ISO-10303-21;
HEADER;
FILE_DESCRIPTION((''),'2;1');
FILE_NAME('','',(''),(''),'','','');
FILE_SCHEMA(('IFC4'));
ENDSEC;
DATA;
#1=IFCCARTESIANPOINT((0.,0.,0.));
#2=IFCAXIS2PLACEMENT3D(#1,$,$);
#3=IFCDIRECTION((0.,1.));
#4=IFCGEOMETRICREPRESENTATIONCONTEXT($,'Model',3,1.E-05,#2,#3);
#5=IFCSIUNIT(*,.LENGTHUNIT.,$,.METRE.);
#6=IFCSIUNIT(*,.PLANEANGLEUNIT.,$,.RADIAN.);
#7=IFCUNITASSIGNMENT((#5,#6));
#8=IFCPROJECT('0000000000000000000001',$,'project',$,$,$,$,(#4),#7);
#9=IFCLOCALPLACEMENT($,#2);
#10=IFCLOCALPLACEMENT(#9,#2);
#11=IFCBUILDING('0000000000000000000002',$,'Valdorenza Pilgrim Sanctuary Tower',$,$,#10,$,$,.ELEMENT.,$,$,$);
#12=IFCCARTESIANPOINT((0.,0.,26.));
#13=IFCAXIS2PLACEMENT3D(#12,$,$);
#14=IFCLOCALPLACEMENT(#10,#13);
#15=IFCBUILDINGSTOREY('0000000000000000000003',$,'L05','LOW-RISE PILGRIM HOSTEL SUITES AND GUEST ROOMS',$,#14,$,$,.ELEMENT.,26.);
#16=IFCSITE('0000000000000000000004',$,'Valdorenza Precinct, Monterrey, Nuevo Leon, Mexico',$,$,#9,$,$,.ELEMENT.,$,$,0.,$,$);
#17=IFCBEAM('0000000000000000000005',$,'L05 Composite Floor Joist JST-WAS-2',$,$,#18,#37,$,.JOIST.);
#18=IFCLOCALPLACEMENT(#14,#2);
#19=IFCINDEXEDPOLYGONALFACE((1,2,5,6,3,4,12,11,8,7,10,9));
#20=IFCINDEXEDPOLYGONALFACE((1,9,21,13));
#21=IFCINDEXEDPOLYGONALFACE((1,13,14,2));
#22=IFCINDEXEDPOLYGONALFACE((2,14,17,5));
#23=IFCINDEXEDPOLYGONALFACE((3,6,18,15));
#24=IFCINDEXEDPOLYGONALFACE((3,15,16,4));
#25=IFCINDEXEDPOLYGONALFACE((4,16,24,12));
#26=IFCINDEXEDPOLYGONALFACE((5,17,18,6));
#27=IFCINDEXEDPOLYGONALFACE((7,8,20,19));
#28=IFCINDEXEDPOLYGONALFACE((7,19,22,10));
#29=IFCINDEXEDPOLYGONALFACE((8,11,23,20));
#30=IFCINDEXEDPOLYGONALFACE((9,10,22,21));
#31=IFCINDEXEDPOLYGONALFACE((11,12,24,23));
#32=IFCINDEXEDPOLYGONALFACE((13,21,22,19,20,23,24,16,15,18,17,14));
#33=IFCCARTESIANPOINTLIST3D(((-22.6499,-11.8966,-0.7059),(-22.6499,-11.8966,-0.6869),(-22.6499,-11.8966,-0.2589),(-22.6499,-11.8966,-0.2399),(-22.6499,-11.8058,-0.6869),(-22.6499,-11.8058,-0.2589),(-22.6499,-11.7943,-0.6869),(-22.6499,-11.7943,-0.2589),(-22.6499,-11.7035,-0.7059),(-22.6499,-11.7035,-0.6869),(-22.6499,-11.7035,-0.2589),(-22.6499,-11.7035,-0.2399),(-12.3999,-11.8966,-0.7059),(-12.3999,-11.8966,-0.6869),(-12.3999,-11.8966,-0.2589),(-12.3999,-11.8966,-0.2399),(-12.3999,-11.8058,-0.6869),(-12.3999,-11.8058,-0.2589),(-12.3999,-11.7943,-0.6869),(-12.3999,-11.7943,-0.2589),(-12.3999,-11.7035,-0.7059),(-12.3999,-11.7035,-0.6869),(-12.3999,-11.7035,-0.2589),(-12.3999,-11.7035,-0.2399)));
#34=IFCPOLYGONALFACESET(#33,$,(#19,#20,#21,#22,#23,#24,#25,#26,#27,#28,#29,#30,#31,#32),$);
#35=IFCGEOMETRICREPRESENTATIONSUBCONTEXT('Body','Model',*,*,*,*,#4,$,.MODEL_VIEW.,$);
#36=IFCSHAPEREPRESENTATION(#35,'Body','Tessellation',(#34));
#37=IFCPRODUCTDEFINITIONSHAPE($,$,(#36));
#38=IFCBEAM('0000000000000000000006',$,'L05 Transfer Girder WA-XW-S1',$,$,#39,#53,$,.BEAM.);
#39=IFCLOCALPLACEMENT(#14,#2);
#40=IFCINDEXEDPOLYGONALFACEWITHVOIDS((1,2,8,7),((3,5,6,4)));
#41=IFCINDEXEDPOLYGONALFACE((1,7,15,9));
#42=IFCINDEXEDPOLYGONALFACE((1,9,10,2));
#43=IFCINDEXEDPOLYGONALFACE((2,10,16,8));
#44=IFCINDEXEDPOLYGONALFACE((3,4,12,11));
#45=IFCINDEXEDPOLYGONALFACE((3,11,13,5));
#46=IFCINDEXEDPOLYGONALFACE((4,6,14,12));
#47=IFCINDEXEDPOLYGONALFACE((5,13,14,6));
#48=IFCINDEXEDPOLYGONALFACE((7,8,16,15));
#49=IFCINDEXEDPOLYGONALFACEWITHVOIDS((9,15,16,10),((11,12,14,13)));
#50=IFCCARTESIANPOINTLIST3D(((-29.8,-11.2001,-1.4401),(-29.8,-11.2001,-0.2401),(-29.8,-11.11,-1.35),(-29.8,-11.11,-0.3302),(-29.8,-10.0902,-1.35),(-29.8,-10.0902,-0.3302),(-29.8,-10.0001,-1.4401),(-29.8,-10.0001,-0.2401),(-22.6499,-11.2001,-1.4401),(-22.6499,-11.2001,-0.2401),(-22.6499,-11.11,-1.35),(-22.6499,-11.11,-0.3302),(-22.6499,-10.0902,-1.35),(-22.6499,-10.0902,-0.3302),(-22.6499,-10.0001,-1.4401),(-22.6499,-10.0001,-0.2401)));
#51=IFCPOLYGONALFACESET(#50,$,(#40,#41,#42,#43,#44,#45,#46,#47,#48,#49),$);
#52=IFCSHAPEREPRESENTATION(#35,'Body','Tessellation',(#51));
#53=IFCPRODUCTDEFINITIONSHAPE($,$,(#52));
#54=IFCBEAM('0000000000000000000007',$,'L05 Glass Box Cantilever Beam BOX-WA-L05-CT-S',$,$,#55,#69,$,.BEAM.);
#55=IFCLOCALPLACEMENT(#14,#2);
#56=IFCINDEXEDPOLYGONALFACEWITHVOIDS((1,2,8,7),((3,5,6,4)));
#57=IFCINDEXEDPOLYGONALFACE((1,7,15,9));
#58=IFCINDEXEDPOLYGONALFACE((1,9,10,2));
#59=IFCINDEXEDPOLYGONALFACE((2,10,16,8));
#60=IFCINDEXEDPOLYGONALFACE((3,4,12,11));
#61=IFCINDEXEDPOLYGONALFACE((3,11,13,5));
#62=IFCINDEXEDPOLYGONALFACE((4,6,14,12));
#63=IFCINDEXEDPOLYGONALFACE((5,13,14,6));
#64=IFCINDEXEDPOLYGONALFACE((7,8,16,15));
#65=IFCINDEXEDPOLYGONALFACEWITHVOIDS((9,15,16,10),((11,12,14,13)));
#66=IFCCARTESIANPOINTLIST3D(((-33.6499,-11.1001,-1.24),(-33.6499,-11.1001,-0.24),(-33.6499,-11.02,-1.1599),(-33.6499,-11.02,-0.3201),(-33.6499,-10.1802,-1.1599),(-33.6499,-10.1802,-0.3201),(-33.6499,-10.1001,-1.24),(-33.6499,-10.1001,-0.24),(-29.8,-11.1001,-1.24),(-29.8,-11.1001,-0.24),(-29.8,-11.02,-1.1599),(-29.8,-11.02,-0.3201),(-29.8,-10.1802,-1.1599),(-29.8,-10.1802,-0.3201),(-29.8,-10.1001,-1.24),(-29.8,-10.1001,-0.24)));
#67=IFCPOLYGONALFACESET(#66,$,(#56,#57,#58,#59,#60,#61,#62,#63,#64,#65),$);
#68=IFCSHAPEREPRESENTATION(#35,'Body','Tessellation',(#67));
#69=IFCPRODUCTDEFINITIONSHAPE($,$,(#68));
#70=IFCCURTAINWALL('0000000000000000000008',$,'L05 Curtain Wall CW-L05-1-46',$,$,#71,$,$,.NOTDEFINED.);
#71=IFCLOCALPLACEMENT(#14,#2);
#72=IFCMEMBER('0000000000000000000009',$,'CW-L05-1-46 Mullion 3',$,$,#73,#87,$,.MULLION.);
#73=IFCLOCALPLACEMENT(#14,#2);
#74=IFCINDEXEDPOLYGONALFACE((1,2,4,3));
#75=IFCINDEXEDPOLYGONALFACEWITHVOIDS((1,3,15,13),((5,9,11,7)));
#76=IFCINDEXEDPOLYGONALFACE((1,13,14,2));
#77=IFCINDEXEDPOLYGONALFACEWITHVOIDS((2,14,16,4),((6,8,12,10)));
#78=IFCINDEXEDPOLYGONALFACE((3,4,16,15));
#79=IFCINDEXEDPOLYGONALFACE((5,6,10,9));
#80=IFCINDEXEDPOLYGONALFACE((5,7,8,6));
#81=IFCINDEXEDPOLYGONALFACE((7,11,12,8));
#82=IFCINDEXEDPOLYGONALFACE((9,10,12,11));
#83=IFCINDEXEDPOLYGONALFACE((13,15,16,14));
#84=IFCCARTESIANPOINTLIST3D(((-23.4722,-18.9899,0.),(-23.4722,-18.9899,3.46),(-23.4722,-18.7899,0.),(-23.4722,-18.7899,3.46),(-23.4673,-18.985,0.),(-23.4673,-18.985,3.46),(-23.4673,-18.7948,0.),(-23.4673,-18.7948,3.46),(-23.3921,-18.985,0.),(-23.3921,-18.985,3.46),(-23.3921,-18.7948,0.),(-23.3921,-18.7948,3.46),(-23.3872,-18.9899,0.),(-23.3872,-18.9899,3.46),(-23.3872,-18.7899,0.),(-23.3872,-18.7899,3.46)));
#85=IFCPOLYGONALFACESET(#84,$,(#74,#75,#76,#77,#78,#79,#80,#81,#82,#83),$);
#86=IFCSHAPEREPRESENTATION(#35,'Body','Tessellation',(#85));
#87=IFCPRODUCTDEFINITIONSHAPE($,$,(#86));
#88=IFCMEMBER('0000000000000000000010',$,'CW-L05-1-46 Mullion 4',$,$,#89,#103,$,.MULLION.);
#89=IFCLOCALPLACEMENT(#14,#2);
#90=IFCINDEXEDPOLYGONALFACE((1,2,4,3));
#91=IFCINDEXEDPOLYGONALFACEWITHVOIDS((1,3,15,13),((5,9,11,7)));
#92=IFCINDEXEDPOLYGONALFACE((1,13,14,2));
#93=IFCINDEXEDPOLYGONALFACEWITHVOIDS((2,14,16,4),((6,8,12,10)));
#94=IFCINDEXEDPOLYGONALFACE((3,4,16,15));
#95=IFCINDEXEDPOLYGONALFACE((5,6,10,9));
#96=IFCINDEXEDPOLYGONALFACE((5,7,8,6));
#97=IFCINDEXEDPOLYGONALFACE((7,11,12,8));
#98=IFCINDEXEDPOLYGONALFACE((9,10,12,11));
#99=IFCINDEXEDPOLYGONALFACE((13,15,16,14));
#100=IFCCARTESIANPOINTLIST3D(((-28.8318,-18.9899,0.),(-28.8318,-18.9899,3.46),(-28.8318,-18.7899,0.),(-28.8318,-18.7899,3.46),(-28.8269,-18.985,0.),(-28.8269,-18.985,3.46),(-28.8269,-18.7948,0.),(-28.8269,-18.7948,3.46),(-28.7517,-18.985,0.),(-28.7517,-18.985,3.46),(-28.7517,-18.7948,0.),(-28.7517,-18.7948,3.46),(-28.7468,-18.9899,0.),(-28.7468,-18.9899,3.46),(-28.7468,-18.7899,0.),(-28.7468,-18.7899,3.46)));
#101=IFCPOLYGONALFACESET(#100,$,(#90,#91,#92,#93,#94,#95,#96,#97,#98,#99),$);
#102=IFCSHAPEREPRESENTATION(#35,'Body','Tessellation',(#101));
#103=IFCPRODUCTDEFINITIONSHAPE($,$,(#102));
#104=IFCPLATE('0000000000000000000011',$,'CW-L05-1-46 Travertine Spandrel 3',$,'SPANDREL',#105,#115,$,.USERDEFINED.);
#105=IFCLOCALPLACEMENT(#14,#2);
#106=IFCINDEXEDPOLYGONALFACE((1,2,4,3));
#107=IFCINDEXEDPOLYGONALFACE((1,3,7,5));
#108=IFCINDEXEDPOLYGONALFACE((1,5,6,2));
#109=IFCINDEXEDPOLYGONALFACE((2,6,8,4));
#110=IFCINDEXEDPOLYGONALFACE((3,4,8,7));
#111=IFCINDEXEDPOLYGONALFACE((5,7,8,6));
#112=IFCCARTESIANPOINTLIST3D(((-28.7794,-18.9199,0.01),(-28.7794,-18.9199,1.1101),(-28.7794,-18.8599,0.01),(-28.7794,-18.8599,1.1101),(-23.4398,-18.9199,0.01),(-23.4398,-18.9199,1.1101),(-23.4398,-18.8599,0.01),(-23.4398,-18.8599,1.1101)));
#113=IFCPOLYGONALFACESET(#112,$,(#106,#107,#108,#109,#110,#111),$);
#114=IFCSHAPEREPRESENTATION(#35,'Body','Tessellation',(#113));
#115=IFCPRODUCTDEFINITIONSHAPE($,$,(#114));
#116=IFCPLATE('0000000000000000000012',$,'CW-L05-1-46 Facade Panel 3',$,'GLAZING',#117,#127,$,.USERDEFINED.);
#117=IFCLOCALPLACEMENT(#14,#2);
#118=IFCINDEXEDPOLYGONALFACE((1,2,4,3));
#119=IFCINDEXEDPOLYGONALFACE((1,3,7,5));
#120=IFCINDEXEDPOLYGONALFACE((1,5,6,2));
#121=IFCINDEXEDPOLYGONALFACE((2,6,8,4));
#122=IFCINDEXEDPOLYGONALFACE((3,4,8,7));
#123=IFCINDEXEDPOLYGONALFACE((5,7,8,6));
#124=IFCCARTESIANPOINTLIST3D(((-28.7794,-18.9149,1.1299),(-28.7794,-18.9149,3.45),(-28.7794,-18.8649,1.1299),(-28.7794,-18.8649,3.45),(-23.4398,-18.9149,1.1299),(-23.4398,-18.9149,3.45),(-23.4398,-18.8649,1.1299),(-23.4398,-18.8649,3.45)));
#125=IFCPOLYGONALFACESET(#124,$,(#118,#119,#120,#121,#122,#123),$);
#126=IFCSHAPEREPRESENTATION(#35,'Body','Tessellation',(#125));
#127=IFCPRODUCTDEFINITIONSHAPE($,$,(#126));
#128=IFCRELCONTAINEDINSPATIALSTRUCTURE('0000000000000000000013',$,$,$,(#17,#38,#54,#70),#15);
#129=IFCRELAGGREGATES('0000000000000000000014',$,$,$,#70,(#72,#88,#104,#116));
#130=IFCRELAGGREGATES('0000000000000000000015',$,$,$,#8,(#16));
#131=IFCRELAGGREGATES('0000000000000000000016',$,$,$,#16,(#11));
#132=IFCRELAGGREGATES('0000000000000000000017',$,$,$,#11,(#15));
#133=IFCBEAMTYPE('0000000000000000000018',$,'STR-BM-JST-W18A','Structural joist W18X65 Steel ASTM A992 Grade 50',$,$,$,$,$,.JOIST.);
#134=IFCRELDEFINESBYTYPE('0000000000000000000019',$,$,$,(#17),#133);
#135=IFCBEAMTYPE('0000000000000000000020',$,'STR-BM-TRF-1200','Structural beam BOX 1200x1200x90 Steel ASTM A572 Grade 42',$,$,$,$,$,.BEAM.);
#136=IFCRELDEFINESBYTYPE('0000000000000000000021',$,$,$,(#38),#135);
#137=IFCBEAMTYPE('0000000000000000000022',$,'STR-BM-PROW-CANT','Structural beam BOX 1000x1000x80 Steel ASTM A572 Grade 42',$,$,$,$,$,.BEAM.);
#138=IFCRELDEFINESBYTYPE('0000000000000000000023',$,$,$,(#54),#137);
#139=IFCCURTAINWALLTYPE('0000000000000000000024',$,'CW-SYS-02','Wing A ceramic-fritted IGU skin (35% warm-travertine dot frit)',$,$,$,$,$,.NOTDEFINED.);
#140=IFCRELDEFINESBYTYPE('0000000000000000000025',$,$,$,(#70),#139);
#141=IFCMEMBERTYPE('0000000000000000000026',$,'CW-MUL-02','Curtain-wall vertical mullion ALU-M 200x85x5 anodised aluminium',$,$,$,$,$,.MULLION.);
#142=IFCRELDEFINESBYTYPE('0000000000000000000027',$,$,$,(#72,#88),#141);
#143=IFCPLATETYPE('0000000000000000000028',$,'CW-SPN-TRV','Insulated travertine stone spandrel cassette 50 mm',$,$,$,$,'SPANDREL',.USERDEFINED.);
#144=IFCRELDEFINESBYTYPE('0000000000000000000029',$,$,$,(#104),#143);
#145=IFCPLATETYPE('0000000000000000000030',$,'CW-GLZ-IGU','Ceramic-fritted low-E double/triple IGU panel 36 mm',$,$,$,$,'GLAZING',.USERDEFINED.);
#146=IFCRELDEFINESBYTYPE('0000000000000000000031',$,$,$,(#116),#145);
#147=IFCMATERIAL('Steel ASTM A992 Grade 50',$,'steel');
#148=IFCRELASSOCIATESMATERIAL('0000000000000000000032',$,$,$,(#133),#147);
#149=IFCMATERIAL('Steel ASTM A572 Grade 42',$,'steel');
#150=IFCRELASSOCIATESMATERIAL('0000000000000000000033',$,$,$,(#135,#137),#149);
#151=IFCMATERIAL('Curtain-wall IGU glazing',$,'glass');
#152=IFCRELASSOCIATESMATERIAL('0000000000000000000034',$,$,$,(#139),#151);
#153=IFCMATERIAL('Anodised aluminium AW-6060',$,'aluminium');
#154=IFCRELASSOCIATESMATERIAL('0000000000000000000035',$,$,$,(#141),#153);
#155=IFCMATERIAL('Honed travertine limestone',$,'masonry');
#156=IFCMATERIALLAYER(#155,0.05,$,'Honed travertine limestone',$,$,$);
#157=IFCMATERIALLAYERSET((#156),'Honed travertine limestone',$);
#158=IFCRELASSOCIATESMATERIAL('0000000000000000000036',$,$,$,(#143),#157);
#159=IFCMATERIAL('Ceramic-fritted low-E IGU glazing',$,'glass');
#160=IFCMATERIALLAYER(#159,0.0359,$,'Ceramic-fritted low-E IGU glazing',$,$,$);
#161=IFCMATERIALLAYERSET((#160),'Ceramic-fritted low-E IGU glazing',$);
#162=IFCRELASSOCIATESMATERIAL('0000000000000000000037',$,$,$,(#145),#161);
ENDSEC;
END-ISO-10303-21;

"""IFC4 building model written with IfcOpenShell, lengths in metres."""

from ifc_helpers import new_model, si_unit, direction, frame, origin, origin_2d, place, context, subcontext, project, spatial, rectangle, hollow_rectangle, i_section, extrude, source, transform, mapped, material, layer, layer_set, material_profile, profile_set, type_object, element, aggregate, save


model = new_model("IFC4")

# Units and contexts
model_context = context("Model", 3, precision=1e-05, world=origin(), true_north=direction((0.0, 1.0)))
body_context = subcontext(model_context, "Body", "Model", "MODEL_VIEW")
ifc_project = project(units=[si_unit("LENGTHUNIT", "METRE"), si_unit("PLANEANGLEUNIT", "RADIAN")], contexts=[model_context])

# Site, building, storey
site_placement = place(None, origin())
site = spatial("IfcSite", under=ifc_project, at=site_placement, Name="Valdorenza Precinct, Monterrey, Nuevo Leon, Mexico", CompositionType="ELEMENT", RefElevation=0.0)
building_placement = place(site_placement, origin())
building = spatial("IfcBuilding", under=site, at=building_placement, Name="Valdorenza Pilgrim Sanctuary Tower", CompositionType="ELEMENT")
storey_placement = place(building_placement, frame((0.0, 0.0, 26.0)))
storey = spatial("IfcBuildingStorey", under=building, at=storey_placement, Name="L05", Description="LOW-RISE PILGRIM HOSTEL SUITES AND GUEST ROOMS", CompositionType="ELEMENT", Elevation=26.0)

# Shared definitions
ifc_material_1 = material(Name="Steel ASTM A992 Grade 50", Category="steel")

# Beams
ifc_material_profile_1 = material_profile(ifc_material_1, i_section(OverallWidth=0.1931, OverallDepth=0.4661, WebThickness=0.0115, FlangeThickness=0.019, at=origin_2d()), Name="W18X65")
ifc_profile_set_1 = profile_set([ifc_material_profile_1], Name="Steel ASTM A992 Grade 50")
beam_type_1 = type_object("IfcBeamType", Name="STR-BM-JST-W18A", Description="Structural joist W18X65 Steel ASTM A992 Grade 50", PredefinedType="JOIST", material=ifc_profile_set_1)
shared_shape_1 = source(origin(), body_context, "Body", "SweptSolid", [
    extrude(i_section(OverallWidth=0.1931, OverallDepth=0.4661, WebThickness=0.0115, FlangeThickness=0.019, at=origin_2d()), origin(), (0.0, 0.0, 1.0), 10.25),
])
for number, where, z_axis, x_axis, name in (
    (1, (-22.6499, -11.8, -0.4729), (1.0, 0.0, 0.0), (0.0, 1.0, 0.0), "L05 Composite Floor Joist JST-WAS-2"),
):
    element("IfcBeam", number, at=place(storey_placement, frame(where, z_axis=z_axis, x_axis=x_axis)), inside=storey, type_object=beam_type_1, Name=name, PredefinedType="JOIST", context=body_context, shape_type="MappedRepresentation", body=[
        mapped(shared_shape_1, transform((0.0, 0.0, 0.0), x_axis=(1.0, 0.0, 0.0), y_axis=(0.0, 1.0, 0.0), z_axis=(0.0, 0.0, 1.0), scale=1.0)),
    ])
ifc_material_2 = material(Name="Steel ASTM A572 Grade 42", Category="steel")
ifc_material_profile_2 = material_profile(ifc_material_2, hollow_rectangle(XDim=1.2, YDim=1.2, WallThickness=0.0901, at=origin_2d()), Name="BOX 1200x1200x90")
ifc_profile_set_2 = profile_set([ifc_material_profile_2], Name="Steel ASTM A572 Grade 42")
beam_type_2 = type_object("IfcBeamType", Name="STR-BM-TRF-1200", Description="Structural beam BOX 1200x1200x90 Steel ASTM A572 Grade 42", PredefinedType="BEAM", material=ifc_profile_set_2)
shared_shape_2 = source(origin(), body_context, "Body", "SweptSolid", [
    extrude(hollow_rectangle(XDim=1.2, YDim=1.2, WallThickness=0.0901, at=origin_2d()), origin(), (0.0, 0.0, 1.0), 7.1501),
])
beam_1_placement = place(storey_placement, frame((-29.8, -10.6001, -0.8401), z_axis=(1.0, 0.0, 0.0), x_axis=(0.0, 1.0, 0.0)))
element("IfcBeam", 2, at=beam_1_placement, inside=storey, type_object=beam_type_2, Name="L05 Transfer Girder WA-XW-S1", PredefinedType="BEAM", context=body_context, shape_type="MappedRepresentation", body=[
    mapped(shared_shape_2, transform((0.0, 0.0, 0.0), x_axis=(1.0, 0.0, 0.0), y_axis=(0.0, 1.0, 0.0), z_axis=(0.0, 0.0, 1.0), scale=1.0)),
])
ifc_material_profile_3 = material_profile(ifc_material_2, hollow_rectangle(XDim=1.0, YDim=1.0, WallThickness=0.0801, at=origin_2d()), Name="BOX 1000x1000x80")
ifc_profile_set_3 = profile_set([ifc_material_profile_3], Name="Steel ASTM A572 Grade 42")
beam_type_3 = type_object("IfcBeamType", Name="STR-BM-PROW-CANT", Description="Structural beam BOX 1000x1000x80 Steel ASTM A572 Grade 42", PredefinedType="BEAM", material=ifc_profile_set_3)
shared_shape_3 = source(origin(), body_context, "Body", "SweptSolid", [
    extrude(hollow_rectangle(XDim=1.0, YDim=1.0, WallThickness=0.0801, at=origin_2d()), origin(), (0.0, 0.0, 1.0), 3.8499),
])
beam_2_placement = place(storey_placement, frame((-29.8, -10.6001, -0.74), z_axis=(-1.0, 0.0, 0.0), x_axis=(0.0, -1.0, 0.0)))
element("IfcBeam", 3, at=beam_2_placement, inside=storey, type_object=beam_type_3, Name="L05 Glass Box Cantilever Beam BOX-WA-L05-CT-S", PredefinedType="BEAM", context=body_context, shape_type="MappedRepresentation", body=[
    mapped(shared_shape_3, transform((0.0, 0.0, 0.0), x_axis=(1.0, 0.0, 0.0), y_axis=(0.0, 1.0, 0.0), z_axis=(0.0, 0.0, 1.0), scale=1.0)),
])

# Curtain wall, members, plates
ifc_material_3 = material(Name="Curtain-wall IGU glazing", Category="glass")
curtain_wall_type = type_object("IfcCurtainWallType", Name="CW-SYS-02", Description="Wing A ceramic-fritted IGU skin (35% warm-travertine dot frit)", PredefinedType="NOTDEFINED", material=ifc_material_3)
curtain_wall_placement = place(storey_placement, origin())
curtain_wall = element("IfcCurtainWall", 4, at=curtain_wall_placement, inside=storey, type_object=curtain_wall_type, Name="L05 Curtain Wall CW-L05-1-46", PredefinedType="NOTDEFINED")
ifc_material_4 = material(Name="Anodised aluminium AW-6060", Category="aluminium")
ifc_material_profile_4 = material_profile(ifc_material_4, hollow_rectangle(XDim=0.085, YDim=0.2, WallThickness=0.0049, at=origin_2d()), Name="ALU-M 200x85x5")
ifc_profile_set_4 = profile_set([ifc_material_profile_4], Name="Anodised aluminium AW-6060")
member_type = type_object("IfcMemberType", Name="CW-MUL-02", Description="Curtain-wall vertical mullion ALU-M 200x85x5 anodised aluminium", PredefinedType="MULLION", material=ifc_profile_set_4)
shared_shape_4 = source(origin(), body_context, "Body", "SweptSolid", [
    extrude(hollow_rectangle(XDim=0.085, YDim=0.2, WallThickness=0.0049, at=origin_2d()), origin(), (0.0, 0.0, 1.0), 3.46),
])
member_1_placement = place(storey_placement, frame((-23.4297, -18.8899, 0.0), z_axis=(0.0, 0.0, 1.0), x_axis=(-1.0, 0.0, 0.0)))
member_1 = element("IfcMember", 5, at=member_1_placement, type_object=member_type, Name="CW-L05-1-46 Mullion 3", PredefinedType="MULLION", context=body_context, shape_type="MappedRepresentation", body=[
    mapped(shared_shape_4, transform((0.0, 0.0, 0.0), x_axis=(1.0, 0.0, 0.0), y_axis=(0.0, 1.0, 0.0), z_axis=(0.0, 0.0, 1.0), scale=1.0)),
])
member_2_placement = place(storey_placement, frame((-28.7893, -18.8899, 0.0), z_axis=(0.0, 0.0, 1.0), x_axis=(-1.0, 0.0, 0.0)))
member_2 = element("IfcMember", 6, at=member_2_placement, type_object=member_type, Name="CW-L05-1-46 Mullion 4", PredefinedType="MULLION", context=body_context, shape_type="MappedRepresentation", body=[
    mapped(shared_shape_4, transform((0.0, 0.0, 0.0), x_axis=(1.0, 0.0, 0.0), y_axis=(0.0, 1.0, 0.0), z_axis=(0.0, 0.0, 1.0), scale=1.0)),
])
ifc_material_5 = material(Name="Honed travertine limestone", Category="masonry")
ifc_layer_1 = layer(ifc_material_5, 0.05, Name="Honed travertine limestone")
ifc_layer_set_1 = layer_set([ifc_layer_1], Name="Honed travertine limestone")
plate_type_1 = type_object("IfcPlateType", Name="CW-SPN-TRV", Description="Insulated travertine stone spandrel cassette 50 mm", ElementType="SPANDREL", PredefinedType="USERDEFINED", material=ifc_layer_set_1)
shared_shape_5 = source(origin(), body_context, "Body", "SweptSolid", [
    extrude(rectangle(XDim=5.3396, YDim=0.0601, at=origin_2d()), origin(), (0.0, 0.0, 1.0), 1.1001),
])
plate_1_placement = place(storey_placement, frame((-26.1096, -18.8899, 0.01), z_axis=(0.0, 0.0, 1.0), x_axis=(-1.0, 0.0, 0.0)))
plate_1 = element("IfcPlate", 7, at=plate_1_placement, type_object=plate_type_1, Name="CW-L05-1-46 Travertine Spandrel 3", ObjectType="SPANDREL", PredefinedType="USERDEFINED", context=body_context, shape_type="MappedRepresentation", body=[
    mapped(shared_shape_5, transform((0.0, 0.0, 0.0), x_axis=(1.0, 0.0, 0.0), y_axis=(0.0, 1.0, 0.0), z_axis=(0.0, 0.0, 1.0), scale=1.0)),
])
ifc_material_6 = material(Name="Ceramic-fritted low-E IGU glazing", Category="glass")
ifc_layer_2 = layer(ifc_material_6, 0.0359, Name="Ceramic-fritted low-E IGU glazing")
ifc_layer_set_2 = layer_set([ifc_layer_2], Name="Ceramic-fritted low-E IGU glazing")
plate_type_2 = type_object("IfcPlateType", Name="CW-GLZ-IGU", Description="Ceramic-fritted low-E double/triple IGU panel 36 mm", ElementType="GLAZING", PredefinedType="USERDEFINED", material=ifc_layer_set_2)
shared_shape_6 = source(origin(), body_context, "Body", "SweptSolid", [
    extrude(rectangle(XDim=5.3396, YDim=0.05, at=origin_2d()), origin(), (0.0, 0.0, 1.0), 2.3201),
])
plate_2_placement = place(storey_placement, frame((-26.1096, -18.8899, 1.1299), z_axis=(0.0, 0.0, 1.0), x_axis=(-1.0, 0.0, 0.0)))
plate_2 = element("IfcPlate", 8, at=plate_2_placement, type_object=plate_type_2, Name="CW-L05-1-46 Facade Panel 3", ObjectType="GLAZING", PredefinedType="USERDEFINED", context=body_context, shape_type="MappedRepresentation", body=[
    mapped(shared_shape_6, transform((0.0, 0.0, 0.0), x_axis=(1.0, 0.0, 0.0), y_axis=(0.0, 1.0, 0.0), z_axis=(0.0, 0.0, 1.0), scale=1.0)),
])
aggregate(curtain_wall, [member_1, member_2, plate_1, plate_2])

save(model, "model.ifc")
